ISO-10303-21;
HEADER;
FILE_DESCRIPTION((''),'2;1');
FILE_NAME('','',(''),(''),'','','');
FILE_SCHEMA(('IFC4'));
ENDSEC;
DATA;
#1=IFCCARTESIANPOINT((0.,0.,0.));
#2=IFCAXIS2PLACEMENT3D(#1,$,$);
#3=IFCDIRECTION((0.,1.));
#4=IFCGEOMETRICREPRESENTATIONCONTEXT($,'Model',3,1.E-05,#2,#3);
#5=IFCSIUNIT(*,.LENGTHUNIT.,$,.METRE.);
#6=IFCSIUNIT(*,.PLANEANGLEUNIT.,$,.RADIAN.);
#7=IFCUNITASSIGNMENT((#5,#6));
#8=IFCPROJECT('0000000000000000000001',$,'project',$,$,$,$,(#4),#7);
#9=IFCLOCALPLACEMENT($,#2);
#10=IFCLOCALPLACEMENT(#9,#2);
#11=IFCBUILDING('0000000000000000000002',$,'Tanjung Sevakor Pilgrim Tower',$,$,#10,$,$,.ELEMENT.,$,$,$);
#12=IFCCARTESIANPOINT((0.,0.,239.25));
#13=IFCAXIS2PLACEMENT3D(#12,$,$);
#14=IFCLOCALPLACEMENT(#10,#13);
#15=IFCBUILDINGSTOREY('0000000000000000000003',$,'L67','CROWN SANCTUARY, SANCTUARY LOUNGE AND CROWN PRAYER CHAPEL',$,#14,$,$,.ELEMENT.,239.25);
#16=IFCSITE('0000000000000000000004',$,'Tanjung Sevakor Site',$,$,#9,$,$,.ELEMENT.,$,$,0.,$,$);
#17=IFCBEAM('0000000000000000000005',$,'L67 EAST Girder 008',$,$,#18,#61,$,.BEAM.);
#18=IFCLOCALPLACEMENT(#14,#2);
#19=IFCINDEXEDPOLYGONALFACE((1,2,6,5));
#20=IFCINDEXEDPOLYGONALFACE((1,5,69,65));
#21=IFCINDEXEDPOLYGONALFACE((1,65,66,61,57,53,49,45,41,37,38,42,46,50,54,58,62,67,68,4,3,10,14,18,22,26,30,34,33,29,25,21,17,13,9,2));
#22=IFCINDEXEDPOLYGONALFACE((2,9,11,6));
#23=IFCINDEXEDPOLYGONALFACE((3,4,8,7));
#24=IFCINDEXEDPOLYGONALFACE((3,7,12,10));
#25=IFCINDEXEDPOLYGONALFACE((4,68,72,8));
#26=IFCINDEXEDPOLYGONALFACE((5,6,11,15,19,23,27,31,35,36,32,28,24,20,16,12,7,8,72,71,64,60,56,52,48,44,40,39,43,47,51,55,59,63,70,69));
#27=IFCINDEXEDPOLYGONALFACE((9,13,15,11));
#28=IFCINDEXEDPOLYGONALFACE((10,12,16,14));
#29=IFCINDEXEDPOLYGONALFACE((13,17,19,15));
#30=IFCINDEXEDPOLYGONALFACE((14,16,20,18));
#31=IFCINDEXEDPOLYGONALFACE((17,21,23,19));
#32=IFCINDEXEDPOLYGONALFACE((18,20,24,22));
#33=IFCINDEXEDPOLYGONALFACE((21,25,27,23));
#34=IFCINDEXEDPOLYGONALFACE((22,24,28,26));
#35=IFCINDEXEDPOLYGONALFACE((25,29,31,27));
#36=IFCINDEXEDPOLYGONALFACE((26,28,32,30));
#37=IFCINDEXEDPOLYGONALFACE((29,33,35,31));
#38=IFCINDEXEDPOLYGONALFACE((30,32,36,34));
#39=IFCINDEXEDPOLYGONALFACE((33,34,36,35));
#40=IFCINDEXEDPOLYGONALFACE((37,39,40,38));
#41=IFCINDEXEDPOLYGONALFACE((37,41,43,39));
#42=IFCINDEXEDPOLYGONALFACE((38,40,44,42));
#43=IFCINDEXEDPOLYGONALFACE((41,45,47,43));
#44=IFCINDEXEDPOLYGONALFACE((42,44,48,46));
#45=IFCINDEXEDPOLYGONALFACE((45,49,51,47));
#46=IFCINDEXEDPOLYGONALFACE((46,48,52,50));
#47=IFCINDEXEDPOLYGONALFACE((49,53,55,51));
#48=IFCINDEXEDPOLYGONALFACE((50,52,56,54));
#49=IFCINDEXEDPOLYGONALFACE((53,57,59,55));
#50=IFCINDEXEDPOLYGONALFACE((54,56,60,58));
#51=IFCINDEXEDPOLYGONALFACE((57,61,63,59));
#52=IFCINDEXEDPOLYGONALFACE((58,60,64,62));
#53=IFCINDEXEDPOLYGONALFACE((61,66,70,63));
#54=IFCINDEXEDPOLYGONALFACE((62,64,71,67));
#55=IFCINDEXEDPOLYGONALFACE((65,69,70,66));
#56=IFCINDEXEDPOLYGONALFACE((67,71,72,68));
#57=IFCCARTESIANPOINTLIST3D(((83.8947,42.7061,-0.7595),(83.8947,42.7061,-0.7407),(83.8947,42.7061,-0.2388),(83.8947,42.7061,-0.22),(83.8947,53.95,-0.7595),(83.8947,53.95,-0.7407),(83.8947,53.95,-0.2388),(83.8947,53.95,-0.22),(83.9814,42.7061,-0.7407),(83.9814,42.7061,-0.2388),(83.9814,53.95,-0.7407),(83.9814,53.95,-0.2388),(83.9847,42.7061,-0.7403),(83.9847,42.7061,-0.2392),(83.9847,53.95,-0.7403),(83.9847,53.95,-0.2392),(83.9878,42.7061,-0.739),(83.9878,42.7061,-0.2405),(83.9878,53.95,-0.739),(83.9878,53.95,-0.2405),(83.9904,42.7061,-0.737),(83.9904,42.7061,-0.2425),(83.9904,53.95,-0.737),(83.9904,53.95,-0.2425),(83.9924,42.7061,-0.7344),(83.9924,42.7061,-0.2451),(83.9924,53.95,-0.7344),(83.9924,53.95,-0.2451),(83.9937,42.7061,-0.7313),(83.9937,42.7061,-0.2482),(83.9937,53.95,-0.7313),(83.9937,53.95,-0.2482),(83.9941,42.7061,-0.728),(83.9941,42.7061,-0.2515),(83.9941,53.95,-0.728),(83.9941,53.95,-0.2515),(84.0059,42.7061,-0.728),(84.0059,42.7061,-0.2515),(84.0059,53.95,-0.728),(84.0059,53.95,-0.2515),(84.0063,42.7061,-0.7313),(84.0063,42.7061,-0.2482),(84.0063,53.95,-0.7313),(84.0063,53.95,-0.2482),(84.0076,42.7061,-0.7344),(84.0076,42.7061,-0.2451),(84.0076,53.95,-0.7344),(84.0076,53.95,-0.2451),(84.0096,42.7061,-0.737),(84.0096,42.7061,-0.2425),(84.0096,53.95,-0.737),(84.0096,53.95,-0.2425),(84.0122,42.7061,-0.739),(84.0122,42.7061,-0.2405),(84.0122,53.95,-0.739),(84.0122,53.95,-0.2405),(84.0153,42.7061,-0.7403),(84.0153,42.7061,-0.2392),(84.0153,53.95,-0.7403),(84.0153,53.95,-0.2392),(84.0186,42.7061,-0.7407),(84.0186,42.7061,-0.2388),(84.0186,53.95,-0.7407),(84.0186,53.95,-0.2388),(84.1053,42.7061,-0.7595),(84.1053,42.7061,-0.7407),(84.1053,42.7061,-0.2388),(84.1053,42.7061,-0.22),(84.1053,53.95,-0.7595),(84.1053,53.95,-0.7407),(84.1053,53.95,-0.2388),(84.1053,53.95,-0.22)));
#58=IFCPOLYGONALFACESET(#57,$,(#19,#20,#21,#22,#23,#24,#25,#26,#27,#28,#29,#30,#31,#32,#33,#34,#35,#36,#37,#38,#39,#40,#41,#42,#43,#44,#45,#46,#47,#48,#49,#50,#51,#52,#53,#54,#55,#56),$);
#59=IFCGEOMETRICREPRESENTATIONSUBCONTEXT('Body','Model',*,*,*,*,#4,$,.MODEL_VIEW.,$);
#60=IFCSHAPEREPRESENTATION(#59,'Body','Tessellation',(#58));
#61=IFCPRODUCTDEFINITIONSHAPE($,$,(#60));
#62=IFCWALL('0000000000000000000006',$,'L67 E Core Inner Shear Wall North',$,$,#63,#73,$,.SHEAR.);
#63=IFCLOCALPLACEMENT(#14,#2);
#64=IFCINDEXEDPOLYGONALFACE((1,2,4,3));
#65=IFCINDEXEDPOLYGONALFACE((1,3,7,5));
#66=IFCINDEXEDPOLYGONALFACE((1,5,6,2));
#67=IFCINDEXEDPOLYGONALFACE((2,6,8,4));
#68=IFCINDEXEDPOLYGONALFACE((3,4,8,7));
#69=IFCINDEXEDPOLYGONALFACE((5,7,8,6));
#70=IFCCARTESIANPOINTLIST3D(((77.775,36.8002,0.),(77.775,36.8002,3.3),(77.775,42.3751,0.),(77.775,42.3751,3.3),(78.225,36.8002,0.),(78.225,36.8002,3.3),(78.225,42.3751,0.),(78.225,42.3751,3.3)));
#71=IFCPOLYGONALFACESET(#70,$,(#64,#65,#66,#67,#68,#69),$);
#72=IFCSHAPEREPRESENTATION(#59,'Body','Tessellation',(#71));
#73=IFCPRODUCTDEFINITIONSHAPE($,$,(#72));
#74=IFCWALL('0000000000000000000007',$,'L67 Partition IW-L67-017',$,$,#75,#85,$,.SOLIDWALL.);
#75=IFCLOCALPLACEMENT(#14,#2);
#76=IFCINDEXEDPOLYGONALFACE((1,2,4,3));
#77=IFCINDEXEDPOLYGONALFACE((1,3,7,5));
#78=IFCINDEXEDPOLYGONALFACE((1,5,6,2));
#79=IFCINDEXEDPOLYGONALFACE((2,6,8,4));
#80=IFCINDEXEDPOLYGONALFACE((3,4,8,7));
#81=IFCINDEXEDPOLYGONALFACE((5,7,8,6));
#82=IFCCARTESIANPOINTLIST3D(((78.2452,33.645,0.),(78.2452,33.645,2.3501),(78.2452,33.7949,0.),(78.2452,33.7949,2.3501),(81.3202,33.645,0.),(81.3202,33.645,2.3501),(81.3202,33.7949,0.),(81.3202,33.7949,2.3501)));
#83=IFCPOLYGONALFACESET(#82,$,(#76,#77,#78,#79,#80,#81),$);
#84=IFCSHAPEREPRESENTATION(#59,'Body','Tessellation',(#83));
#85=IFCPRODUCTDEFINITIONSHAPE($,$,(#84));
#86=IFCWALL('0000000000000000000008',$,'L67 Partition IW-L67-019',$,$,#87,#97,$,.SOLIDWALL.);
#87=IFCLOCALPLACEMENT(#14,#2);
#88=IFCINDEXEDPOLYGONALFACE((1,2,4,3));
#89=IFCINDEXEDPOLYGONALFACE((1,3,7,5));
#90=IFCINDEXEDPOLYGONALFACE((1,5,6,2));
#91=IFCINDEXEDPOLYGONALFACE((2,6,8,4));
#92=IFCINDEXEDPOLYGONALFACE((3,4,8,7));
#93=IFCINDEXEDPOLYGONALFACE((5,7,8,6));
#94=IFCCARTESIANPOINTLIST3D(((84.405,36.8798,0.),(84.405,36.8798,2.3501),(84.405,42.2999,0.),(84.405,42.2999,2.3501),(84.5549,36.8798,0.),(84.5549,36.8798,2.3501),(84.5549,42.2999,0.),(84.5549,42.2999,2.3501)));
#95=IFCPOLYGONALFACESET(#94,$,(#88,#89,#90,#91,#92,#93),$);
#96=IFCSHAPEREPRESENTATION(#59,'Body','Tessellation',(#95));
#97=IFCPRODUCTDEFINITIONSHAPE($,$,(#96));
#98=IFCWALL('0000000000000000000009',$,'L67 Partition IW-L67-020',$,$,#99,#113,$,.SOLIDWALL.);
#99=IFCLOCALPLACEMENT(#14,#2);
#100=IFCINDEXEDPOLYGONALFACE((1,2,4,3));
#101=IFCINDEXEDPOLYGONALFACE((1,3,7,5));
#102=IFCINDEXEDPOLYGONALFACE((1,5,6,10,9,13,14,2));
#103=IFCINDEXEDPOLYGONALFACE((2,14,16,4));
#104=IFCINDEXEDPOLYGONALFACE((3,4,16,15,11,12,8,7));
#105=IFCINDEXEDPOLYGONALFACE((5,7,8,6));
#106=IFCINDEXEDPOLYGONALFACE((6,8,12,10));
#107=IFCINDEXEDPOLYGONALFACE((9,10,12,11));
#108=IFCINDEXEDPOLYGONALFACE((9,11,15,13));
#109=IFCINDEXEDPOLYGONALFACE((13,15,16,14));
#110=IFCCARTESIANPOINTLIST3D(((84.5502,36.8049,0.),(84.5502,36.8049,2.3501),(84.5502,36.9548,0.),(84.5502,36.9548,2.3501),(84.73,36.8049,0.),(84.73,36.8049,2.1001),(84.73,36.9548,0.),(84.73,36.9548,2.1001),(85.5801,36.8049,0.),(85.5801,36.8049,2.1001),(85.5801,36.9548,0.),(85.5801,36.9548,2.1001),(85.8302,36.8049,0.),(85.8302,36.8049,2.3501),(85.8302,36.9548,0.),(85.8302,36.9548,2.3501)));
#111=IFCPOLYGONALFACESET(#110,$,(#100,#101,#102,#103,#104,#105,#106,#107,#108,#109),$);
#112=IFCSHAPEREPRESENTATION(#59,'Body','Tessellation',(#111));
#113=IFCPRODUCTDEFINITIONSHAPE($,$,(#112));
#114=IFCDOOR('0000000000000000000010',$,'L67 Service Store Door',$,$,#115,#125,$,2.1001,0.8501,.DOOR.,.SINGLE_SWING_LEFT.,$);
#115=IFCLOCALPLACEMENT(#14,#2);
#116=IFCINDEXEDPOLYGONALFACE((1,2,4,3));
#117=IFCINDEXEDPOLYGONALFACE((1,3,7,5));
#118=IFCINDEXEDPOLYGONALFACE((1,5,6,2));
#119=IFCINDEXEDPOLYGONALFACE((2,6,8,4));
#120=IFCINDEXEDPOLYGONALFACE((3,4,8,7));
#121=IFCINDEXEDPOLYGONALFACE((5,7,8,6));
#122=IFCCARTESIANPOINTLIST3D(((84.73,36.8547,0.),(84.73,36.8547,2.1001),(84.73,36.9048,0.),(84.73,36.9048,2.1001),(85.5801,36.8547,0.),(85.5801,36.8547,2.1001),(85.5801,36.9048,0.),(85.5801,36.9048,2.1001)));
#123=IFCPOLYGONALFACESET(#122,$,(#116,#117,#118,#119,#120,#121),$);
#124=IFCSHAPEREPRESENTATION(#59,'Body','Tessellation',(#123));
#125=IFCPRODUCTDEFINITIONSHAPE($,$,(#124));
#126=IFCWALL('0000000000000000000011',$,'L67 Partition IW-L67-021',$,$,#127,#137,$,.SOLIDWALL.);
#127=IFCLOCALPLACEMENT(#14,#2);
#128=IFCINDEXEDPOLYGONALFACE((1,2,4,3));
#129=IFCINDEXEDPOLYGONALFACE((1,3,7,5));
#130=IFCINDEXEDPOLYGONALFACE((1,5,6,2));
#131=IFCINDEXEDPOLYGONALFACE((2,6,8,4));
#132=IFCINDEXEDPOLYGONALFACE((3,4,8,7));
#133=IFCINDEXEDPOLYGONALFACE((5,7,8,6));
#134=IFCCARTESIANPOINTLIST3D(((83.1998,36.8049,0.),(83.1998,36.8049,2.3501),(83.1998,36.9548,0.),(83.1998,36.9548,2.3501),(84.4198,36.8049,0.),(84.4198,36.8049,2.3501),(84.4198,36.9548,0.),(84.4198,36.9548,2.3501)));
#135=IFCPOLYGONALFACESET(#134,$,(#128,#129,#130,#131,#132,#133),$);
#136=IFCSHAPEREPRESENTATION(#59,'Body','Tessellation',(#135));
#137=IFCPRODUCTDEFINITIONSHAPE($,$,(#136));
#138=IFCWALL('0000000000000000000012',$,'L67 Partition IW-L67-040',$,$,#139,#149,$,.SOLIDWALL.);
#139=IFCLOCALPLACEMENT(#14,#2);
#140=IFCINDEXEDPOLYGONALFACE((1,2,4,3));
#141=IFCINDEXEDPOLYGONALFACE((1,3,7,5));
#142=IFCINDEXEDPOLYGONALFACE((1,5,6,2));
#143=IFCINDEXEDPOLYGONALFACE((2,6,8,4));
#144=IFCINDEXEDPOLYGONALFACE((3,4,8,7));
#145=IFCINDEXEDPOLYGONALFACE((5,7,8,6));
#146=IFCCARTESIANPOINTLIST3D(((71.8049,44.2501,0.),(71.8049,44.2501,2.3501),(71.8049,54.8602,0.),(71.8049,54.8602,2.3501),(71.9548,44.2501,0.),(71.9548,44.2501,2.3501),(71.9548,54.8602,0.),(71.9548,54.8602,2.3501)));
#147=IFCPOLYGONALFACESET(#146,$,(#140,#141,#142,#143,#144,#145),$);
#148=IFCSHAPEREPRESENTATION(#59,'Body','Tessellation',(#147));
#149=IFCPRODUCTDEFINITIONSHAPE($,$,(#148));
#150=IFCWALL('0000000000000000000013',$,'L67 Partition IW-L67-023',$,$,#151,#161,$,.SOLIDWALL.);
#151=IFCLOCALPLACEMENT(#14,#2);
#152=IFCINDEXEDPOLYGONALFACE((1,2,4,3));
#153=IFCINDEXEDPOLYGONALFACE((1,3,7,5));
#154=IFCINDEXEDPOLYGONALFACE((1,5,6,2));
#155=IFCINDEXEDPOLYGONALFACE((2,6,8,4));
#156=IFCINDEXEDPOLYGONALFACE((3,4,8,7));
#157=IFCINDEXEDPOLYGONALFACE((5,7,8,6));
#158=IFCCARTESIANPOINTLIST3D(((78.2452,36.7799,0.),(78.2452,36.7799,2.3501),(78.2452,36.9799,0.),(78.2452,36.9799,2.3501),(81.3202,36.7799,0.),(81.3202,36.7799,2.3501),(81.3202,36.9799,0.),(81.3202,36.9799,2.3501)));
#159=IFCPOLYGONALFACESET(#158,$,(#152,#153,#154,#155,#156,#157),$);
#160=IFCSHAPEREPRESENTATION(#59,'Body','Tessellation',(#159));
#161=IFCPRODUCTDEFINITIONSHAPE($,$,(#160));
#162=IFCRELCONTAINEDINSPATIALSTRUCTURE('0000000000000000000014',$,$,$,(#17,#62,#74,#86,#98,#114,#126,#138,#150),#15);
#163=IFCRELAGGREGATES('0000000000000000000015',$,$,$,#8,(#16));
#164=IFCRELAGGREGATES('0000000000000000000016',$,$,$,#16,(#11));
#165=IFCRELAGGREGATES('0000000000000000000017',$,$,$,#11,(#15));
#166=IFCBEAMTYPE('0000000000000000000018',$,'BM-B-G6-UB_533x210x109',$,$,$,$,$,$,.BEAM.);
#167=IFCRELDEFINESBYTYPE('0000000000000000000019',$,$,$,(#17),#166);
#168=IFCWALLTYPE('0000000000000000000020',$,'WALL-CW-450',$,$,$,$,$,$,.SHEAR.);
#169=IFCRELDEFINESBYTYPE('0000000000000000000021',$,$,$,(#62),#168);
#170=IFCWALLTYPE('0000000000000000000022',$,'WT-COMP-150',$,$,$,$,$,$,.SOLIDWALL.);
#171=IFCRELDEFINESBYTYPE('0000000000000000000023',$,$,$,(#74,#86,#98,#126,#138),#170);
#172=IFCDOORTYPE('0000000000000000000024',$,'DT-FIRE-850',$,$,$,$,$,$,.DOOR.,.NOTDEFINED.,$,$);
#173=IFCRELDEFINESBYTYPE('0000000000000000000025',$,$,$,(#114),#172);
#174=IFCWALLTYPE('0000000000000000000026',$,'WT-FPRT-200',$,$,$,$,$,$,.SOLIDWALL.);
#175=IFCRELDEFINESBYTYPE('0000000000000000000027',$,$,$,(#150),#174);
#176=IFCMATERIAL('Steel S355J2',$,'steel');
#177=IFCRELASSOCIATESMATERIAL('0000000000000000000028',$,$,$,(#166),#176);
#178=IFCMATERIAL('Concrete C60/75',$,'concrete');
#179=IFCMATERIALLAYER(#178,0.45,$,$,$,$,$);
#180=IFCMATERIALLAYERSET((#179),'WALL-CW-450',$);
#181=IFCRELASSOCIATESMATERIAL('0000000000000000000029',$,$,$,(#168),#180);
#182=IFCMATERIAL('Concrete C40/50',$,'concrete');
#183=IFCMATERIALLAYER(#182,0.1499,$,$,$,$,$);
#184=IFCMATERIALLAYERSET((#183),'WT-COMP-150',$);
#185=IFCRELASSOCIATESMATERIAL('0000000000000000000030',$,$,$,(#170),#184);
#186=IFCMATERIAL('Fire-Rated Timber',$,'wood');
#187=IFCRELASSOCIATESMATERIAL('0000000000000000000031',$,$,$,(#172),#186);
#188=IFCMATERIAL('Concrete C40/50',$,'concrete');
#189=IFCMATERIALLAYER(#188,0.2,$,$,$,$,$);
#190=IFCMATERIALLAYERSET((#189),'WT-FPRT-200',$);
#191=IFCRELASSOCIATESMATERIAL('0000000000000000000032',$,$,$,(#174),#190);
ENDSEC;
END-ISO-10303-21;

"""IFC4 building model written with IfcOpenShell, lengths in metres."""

from ifc_helpers import new_model, si_unit, direction, frame, frame_2d, origin, origin_2d, place, context, subcontext, project, spatial, rectangle, i_section, extrude, material, layer, layer_set, material_profile, profile_set, type_object, element, fill, save


model = new_model("IFC4")

# Units and contexts
model_context = context("Model", 3, precision=1e-05, world=origin(), true_north=direction((0.0, 1.0)))
body_context = subcontext(model_context, "Body", "Model", "MODEL_VIEW")
ifc_project = project(units=[si_unit("LENGTHUNIT", "METRE"), si_unit("PLANEANGLEUNIT", "RADIAN")], contexts=[model_context])

# Site, building, storey
site_placement = place(None, origin())
site = spatial("IfcSite", under=ifc_project, at=site_placement, Name="Tanjung Sevakor Site", CompositionType="ELEMENT", RefElevation=0.0)
building_placement = place(site_placement, origin())
building = spatial("IfcBuilding", under=site, at=building_placement, Name="Tanjung Sevakor Pilgrim Tower", CompositionType="ELEMENT")
storey_placement = place(building_placement, frame((0.0, 0.0, 239.25)))
storey = spatial("IfcBuildingStorey", under=building, at=storey_placement, Name="L67", Description="CROWN SANCTUARY, SANCTUARY LOUNGE AND CROWN PRAYER CHAPEL", CompositionType="ELEMENT", Elevation=239.25)

# Beam
ifc_material_1 = material(Name="Steel S355J2", Category="steel")
ifc_material_profile_1 = material_profile(ifc_material_1, i_section(OverallWidth=0.2107, OverallDepth=0.5396, WebThickness=0.0117, FlangeThickness=0.0188, FilletRadius=0.0127, at=origin_2d()))
ifc_profile_set_1 = profile_set([ifc_material_profile_1], Name="Steel S355J2")
beam_type_1 = type_object("IfcBeamType", Name="BM-B-G6-UB_533x210x109", PredefinedType="BEAM", material=ifc_profile_set_1)
for number, where, z_axis, x_axis, name in (
    (1, (84.0, 42.7061, -0.4897), (0.0, 1.0, 0.0), (-1.0, 0.0, 0.0), "L67 EAST Girder 008"),
):
    element("IfcBeam", number, at=place(storey_placement, frame(where, z_axis=z_axis, x_axis=x_axis)), inside=storey, type_object=beam_type_1, Name=name, PredefinedType="BEAM", context=body_context, shape_type="SweptSolid", body=[
        extrude(i_section(OverallWidth=0.2107, OverallDepth=0.5396, WebThickness=0.0117, FlangeThickness=0.0188, FilletRadius=0.0127, at=origin_2d()), origin(), (0.0, 0.0, 1.0), 11.2439),
    ])

# Walls
ifc_material_2 = material(Name="Concrete C60/75", Category="concrete")
ifc_layer_1 = layer(ifc_material_2, 0.45)
ifc_layer_set_1 = layer_set([ifc_layer_1], Name="WALL-CW-450")
wall_type_1 = type_object("IfcWallType", Name="WALL-CW-450", PredefinedType="SHEAR", material=ifc_layer_set_1)
wall_1_placement = place(storey_placement, frame((78.0, 36.8, 0.0), z_axis=(0.0, 0.0, 1.0), x_axis=(0.0, 1.0, 0.0)))
element("IfcWall", 2, at=wall_1_placement, inside=storey, type_object=wall_type_1, Name="L67 E Core Inner Shear Wall North", PredefinedType="SHEAR", context=body_context, shape_type="SweptSolid", body=[
    extrude(rectangle(XDim=5.575, YDim=0.45, at=frame_2d((2.7876, 0.0))), origin(), (0.0, 0.0, 1.0), 3.3),
])
ifc_material_3 = material(Name="Concrete C40/50", Category="concrete")
ifc_layer_2 = layer(ifc_material_3, 0.1499)
ifc_layer_set_2 = layer_set([ifc_layer_2], Name="WT-COMP-150")
wall_type_2 = type_object("IfcWallType", Name="WT-COMP-150", PredefinedType="SOLIDWALL", material=ifc_layer_set_2)
wall_2_placement = place(storey_placement, frame((78.2451, 33.72, 0.0), z_axis=(0.0, 0.0, 1.0), x_axis=(1.0, 0.0, 0.0)))
element("IfcWall", 3, at=wall_2_placement, inside=storey, type_object=wall_type_2, Name="L67 Partition IW-L67-017", PredefinedType="SOLIDWALL", context=body_context, shape_type="SweptSolid", body=[
    extrude(rectangle(XDim=3.075, YDim=0.1499, at=frame_2d((1.5376, 0.0))), origin(), (0.0, 0.0, 1.0), 2.3501),
])
wall_3_placement = place(storey_placement, frame((84.48, 36.8799, 0.0), z_axis=(0.0, 0.0, 1.0), x_axis=(0.0, 1.0, 0.0)))
element("IfcWall", 4, at=wall_3_placement, inside=storey, type_object=wall_type_2, Name="L67 Partition IW-L67-019", PredefinedType="SOLIDWALL", context=body_context, shape_type="SweptSolid", body=[
    extrude(rectangle(XDim=5.4202, YDim=0.1499, at=frame_2d((2.71, 0.0))), origin(), (0.0, 0.0, 1.0), 2.3501),
])

# Wall, opening, door
wall_4_placement = place(storey_placement, frame((84.55, 36.8799, 0.0), z_axis=(0.0, 0.0, 1.0), x_axis=(1.0, 0.0, 0.0)))
wall_4 = element("IfcWall", 5, at=wall_4_placement, inside=storey, type_object=wall_type_2, Name="L67 Partition IW-L67-020", PredefinedType="SOLIDWALL", context=body_context, shape_type="SweptSolid", body=[
    extrude(rectangle(XDim=1.28, YDim=0.1499, at=frame_2d((0.6401, 0.0))), origin(), (0.0, 0.0, 1.0), 2.3501),
])
opening_1_placement = place(wall_4_placement, frame((0.1799, 0.0, 0.0)))
opening_1 = element("IfcOpeningElement", 6, at=opening_1_placement, cuts=wall_4, PredefinedType="OPENING", context=body_context, shape_type="SweptSolid", body=[
    extrude(rectangle(XDim=0.8501, YDim=2.1001, at=frame_2d((0.425, 1.05))), frame((0.0, 0.085, 0.0), z_axis=(0.0, -1.0, 0.0), x_axis=(1.0, 0.0, 0.0)), (0.0, 0.0, 1.0), 0.1699),
])
ifc_material_4 = material(Name="Fire-Rated Timber", Category="wood")
door_type_1 = type_object("IfcDoorType", Name="DT-FIRE-850", OperationType="NOTDEFINED", PredefinedType="DOOR", material=ifc_material_4)
door_1_placement = place(opening_1_placement, origin())
door_1 = element("IfcDoor", 7, at=door_1_placement, inside=storey, type_object=door_type_1, Name="L67 Service Store Door", OperationType="SINGLE_SWING_LEFT", OverallHeight=2.1001, OverallWidth=0.8501, PredefinedType="DOOR", context=body_context, shape_type="SweptSolid", body=[
    extrude(rectangle(XDim=0.8501, YDim=2.1001, at=frame_2d((0.425, 1.05))), frame((0.0, 0.0249, 0.0), z_axis=(0.0, -1.0, 0.0), x_axis=(1.0, 0.0, 0.0)), (0.0, 0.0, 1.0), 0.05),
])
fill(opening_1, door_1)

# Wall
wall_5_placement = place(storey_placement, frame((83.2, 36.8799, 0.0), z_axis=(0.0, 0.0, 1.0), x_axis=(1.0, 0.0, 0.0)))
element("IfcWall", 8, at=wall_5_placement, inside=storey, type_object=wall_type_2, Name="L67 Partition IW-L67-021", PredefinedType="SOLIDWALL", context=body_context, shape_type="SweptSolid", body=[
    extrude(rectangle(XDim=1.22, YDim=0.1499, at=frame_2d((0.6099, 0.0))), origin(), (0.0, 0.0, 1.0), 2.3501),
])

# Walls
wall_6_placement = place(storey_placement, frame((71.8799, 44.25, 0.0), z_axis=(0.0, 0.0, 1.0), x_axis=(0.0, 1.0, 0.0)))
element("IfcWall", 9, at=wall_6_placement, inside=storey, type_object=wall_type_2, Name="L67 Partition IW-L67-040", PredefinedType="SOLIDWALL", context=body_context, shape_type="SweptSolid", body=[
    extrude(rectangle(XDim=10.6101, YDim=0.1499, at=frame_2d((5.3052, 0.0))), origin(), (0.0, 0.0, 1.0), 2.3501),
])
ifc_material_5 = material(Name="Concrete C40/50", Category="concrete")
ifc_layer_3 = layer(ifc_material_5, 0.2)
ifc_layer_set_3 = layer_set([ifc_layer_3], Name="WT-FPRT-200")
wall_type_3 = type_object("IfcWallType", Name="WT-FPRT-200", PredefinedType="SOLIDWALL", material=ifc_layer_set_3)
wall_7_placement = place(storey_placement, frame((78.2451, 36.8799, 0.0), z_axis=(0.0, 0.0, 1.0), x_axis=(1.0, 0.0, 0.0)))
element("IfcWall", 10, at=wall_7_placement, inside=storey, type_object=wall_type_3, Name="L67 Partition IW-L67-023", PredefinedType="SOLIDWALL", context=body_context, shape_type="SweptSolid", body=[
    extrude(rectangle(XDim=3.075, YDim=0.2, at=frame_2d((1.5376, 0.0))), origin(), (0.0, 0.0, 1.0), 2.3501),
])

save(model, "model.ifc")
